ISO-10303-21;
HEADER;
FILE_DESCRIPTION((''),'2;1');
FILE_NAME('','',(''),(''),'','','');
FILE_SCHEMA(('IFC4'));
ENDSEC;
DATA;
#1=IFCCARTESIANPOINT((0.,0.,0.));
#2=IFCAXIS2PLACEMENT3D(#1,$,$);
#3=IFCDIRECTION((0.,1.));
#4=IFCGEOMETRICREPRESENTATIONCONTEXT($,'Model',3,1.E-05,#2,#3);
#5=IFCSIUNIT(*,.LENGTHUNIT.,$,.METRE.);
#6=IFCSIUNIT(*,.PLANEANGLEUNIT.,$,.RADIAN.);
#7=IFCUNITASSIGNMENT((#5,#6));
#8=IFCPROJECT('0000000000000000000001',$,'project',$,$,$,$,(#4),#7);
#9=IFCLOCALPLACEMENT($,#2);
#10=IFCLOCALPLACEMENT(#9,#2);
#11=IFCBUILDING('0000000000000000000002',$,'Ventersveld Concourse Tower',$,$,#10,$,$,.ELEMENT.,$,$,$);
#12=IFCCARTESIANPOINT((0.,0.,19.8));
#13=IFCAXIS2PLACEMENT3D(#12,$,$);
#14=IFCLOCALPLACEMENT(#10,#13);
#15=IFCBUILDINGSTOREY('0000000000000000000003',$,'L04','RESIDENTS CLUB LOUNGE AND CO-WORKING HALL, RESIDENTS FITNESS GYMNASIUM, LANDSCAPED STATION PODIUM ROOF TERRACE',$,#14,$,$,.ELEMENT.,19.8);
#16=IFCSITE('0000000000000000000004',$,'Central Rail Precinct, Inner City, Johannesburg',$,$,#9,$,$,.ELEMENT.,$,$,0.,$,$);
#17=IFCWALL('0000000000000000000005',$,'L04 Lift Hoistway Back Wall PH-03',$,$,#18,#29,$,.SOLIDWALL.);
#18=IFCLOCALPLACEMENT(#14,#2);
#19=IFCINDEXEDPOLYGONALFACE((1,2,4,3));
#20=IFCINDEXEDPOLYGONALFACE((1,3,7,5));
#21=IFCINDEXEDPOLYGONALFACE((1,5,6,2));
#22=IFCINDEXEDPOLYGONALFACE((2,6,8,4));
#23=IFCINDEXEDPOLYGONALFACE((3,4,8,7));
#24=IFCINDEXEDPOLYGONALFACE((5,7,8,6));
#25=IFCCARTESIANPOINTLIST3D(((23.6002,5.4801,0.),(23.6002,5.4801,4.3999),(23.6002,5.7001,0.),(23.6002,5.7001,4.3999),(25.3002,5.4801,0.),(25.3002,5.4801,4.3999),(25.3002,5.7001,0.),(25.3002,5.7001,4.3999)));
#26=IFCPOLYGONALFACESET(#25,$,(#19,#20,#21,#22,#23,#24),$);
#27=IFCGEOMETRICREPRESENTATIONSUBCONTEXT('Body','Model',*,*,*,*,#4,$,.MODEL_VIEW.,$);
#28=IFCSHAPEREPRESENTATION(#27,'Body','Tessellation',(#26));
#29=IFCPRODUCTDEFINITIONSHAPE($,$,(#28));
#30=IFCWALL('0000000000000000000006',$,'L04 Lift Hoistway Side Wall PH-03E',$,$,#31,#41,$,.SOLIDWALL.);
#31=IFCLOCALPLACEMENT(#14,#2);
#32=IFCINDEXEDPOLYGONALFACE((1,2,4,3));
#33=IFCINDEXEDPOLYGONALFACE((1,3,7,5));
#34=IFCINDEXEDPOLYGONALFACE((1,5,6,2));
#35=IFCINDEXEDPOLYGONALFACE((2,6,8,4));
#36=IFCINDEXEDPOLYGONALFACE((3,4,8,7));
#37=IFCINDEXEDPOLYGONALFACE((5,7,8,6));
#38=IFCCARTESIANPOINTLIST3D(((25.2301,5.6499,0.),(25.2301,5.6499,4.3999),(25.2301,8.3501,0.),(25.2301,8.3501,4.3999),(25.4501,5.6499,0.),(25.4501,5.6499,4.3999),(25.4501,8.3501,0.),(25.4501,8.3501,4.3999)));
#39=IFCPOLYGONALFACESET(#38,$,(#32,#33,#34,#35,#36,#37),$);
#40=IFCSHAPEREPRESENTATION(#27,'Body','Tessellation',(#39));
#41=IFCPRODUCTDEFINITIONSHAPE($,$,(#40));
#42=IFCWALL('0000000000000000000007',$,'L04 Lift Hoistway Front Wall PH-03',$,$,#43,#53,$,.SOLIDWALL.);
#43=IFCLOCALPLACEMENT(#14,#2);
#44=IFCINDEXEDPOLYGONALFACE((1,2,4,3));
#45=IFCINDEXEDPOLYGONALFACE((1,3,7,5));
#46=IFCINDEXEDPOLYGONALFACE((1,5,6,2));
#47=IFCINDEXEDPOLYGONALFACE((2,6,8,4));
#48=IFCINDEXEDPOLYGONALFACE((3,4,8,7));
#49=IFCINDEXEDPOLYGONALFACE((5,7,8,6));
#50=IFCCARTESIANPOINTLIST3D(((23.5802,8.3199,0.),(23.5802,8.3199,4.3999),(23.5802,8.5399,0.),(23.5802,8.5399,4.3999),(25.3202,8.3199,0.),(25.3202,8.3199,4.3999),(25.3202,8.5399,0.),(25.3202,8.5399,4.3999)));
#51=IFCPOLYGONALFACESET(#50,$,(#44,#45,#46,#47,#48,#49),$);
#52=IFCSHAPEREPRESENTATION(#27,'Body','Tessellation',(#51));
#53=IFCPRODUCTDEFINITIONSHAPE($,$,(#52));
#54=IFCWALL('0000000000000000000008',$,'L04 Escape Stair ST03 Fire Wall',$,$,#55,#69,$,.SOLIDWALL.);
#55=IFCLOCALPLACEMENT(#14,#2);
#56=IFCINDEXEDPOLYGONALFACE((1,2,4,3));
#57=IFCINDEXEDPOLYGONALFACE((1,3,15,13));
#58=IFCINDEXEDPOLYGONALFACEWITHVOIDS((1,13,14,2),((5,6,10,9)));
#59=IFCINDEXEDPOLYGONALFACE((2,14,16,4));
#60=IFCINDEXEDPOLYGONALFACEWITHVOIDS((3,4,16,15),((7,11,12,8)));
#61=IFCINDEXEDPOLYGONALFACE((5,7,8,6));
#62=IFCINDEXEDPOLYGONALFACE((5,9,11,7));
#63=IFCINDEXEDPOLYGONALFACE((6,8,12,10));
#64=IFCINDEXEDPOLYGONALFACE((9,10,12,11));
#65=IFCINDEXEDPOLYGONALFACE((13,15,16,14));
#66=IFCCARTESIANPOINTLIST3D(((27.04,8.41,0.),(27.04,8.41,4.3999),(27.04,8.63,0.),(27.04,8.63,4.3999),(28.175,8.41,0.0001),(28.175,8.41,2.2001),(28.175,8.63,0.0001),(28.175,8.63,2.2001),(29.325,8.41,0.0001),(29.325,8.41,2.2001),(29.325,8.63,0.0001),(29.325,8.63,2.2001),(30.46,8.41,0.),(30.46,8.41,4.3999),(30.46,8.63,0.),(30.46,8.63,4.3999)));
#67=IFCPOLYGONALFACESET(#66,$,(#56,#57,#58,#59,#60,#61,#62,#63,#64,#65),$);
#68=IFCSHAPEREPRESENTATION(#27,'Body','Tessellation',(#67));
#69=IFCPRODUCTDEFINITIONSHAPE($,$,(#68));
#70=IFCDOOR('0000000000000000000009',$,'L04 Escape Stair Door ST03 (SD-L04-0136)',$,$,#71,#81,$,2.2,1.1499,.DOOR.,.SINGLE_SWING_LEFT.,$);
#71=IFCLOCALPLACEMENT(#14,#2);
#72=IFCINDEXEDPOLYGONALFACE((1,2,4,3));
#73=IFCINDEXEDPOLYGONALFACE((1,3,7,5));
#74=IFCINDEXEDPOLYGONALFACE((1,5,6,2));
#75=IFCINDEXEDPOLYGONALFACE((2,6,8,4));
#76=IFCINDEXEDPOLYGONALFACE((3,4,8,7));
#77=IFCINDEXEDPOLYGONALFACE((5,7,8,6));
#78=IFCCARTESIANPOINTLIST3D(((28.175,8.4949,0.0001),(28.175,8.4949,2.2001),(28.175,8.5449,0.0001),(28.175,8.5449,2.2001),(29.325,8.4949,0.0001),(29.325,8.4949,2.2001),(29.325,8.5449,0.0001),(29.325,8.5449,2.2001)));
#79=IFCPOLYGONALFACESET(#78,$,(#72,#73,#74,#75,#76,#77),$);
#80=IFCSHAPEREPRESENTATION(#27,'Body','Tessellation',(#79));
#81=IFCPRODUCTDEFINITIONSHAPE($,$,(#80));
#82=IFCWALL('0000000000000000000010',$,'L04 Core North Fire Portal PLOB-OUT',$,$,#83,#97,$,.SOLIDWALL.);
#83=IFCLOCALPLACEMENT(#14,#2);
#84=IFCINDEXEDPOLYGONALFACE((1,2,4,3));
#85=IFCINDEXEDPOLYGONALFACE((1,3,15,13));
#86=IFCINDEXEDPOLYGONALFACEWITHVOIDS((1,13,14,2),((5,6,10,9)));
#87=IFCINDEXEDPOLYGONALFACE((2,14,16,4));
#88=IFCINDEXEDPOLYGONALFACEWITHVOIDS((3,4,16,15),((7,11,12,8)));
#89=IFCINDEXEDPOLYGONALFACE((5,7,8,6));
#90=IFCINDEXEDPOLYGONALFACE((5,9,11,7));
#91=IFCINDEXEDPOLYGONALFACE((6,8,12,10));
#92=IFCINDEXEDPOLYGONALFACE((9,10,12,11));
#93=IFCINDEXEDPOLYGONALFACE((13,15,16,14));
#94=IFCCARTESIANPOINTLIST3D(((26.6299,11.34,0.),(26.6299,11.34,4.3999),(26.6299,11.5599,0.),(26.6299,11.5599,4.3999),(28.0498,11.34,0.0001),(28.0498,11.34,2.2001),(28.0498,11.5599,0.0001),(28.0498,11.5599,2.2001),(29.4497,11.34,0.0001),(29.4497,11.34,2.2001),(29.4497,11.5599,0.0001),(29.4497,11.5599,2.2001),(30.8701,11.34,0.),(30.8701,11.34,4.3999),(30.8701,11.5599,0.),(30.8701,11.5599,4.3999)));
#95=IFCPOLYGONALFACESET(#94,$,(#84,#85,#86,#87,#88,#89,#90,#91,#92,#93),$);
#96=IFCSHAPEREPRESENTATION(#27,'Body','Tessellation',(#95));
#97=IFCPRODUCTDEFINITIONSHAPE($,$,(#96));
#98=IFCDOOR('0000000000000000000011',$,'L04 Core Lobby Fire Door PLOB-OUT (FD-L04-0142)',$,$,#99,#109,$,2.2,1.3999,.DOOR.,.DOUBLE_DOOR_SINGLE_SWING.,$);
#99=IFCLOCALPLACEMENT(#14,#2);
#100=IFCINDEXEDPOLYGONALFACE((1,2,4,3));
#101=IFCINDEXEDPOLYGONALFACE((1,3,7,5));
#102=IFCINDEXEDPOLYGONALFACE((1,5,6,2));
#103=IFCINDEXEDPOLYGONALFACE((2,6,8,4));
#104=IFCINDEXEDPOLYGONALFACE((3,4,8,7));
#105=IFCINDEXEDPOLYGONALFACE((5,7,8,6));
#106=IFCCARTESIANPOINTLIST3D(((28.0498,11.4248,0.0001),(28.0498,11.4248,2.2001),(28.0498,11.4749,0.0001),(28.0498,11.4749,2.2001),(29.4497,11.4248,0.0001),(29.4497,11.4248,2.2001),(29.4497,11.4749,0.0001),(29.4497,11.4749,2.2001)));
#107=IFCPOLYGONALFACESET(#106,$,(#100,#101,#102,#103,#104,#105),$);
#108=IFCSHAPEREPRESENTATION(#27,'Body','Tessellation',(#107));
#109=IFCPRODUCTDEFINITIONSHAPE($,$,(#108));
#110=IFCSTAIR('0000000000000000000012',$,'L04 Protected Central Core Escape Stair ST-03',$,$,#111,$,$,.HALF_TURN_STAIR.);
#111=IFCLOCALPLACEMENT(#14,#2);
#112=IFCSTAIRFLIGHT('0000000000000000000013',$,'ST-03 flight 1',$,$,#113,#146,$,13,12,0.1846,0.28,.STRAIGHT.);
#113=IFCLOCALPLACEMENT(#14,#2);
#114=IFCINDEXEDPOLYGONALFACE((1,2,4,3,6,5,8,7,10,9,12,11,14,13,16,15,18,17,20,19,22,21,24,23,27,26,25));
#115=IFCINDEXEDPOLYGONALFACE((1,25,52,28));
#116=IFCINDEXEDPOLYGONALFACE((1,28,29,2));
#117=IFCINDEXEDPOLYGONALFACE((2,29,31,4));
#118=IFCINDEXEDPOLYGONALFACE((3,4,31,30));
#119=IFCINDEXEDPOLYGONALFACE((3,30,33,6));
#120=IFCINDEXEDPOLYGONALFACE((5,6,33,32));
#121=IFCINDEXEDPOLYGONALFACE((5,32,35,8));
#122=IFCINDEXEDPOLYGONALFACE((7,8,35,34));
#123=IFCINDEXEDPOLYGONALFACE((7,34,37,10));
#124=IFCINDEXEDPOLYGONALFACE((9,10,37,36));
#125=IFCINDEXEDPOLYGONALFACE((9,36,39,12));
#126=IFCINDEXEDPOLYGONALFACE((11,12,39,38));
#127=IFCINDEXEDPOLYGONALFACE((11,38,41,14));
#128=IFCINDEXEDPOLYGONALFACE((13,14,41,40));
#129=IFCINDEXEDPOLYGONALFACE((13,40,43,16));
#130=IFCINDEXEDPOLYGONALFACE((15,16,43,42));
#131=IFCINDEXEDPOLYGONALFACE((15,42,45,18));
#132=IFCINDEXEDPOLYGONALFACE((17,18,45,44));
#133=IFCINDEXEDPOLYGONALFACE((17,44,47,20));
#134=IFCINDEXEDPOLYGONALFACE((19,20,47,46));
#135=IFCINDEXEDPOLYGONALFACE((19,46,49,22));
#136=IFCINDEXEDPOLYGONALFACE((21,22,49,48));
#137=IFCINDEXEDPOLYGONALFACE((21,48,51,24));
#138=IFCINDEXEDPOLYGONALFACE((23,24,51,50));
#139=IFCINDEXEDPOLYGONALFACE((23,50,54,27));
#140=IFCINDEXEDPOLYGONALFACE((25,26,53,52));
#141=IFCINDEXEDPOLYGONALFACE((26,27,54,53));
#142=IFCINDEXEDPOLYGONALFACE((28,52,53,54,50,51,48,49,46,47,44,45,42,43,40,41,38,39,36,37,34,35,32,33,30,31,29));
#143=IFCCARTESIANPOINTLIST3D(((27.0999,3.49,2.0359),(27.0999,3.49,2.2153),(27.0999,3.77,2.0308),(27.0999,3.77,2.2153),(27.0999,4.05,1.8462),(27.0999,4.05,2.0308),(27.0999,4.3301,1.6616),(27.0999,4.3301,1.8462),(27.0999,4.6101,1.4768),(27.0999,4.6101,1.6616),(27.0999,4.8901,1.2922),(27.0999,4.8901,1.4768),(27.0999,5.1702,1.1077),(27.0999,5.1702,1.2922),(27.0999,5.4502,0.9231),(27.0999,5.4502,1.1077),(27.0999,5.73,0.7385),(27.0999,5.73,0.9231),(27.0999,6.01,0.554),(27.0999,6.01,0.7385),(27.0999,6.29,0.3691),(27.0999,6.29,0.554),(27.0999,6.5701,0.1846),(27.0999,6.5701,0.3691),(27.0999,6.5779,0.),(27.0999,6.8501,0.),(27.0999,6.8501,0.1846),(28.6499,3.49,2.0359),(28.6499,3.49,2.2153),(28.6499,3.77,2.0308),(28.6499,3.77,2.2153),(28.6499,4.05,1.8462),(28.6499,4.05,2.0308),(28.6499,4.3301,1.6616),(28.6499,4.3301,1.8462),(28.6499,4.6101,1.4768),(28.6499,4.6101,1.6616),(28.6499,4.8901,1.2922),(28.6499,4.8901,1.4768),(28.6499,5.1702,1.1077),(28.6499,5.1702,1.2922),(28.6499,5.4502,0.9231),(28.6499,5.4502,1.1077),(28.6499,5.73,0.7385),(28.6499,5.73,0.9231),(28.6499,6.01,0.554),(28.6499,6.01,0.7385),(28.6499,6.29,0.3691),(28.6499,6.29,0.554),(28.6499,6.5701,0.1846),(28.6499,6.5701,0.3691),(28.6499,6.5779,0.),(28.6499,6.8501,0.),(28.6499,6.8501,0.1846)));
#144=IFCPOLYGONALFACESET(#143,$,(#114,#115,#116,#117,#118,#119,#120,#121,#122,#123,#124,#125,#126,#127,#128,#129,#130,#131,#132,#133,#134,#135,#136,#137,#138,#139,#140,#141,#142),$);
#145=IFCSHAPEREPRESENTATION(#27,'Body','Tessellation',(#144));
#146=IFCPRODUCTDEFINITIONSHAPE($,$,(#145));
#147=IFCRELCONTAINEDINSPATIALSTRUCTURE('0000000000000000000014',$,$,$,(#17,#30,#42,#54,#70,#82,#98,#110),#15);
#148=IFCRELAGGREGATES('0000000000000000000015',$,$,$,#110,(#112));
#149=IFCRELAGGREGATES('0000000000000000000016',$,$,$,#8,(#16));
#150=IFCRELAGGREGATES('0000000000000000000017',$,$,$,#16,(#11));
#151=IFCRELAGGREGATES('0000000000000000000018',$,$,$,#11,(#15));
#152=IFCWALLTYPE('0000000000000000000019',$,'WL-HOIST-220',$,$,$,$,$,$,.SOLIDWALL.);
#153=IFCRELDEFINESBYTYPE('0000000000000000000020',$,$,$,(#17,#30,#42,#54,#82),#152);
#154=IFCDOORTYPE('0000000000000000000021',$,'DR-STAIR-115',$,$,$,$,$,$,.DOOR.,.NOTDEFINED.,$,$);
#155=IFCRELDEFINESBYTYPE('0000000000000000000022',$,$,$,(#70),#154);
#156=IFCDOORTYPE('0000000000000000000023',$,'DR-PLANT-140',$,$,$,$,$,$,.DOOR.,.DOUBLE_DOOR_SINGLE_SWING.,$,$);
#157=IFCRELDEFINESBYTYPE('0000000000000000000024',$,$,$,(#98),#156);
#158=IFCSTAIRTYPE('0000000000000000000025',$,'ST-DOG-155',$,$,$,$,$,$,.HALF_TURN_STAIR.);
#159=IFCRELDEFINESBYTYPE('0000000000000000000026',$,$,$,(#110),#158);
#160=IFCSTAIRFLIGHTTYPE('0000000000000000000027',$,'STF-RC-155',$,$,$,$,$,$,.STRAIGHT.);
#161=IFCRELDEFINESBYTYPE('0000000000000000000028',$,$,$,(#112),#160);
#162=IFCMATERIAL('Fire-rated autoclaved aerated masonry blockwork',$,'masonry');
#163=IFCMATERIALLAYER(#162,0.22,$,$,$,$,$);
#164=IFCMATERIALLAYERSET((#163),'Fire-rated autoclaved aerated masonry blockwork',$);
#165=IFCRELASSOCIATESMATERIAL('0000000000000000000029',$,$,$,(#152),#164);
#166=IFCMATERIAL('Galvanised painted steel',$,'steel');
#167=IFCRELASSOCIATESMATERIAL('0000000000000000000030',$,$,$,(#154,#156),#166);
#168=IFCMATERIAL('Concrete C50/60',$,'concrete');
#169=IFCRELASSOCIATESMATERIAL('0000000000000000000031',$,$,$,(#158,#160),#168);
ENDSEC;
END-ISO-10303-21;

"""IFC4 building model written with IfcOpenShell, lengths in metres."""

from ifc_helpers import new_model, si_unit, direction, frame, frame_2d, origin, place, context, subcontext, project, spatial, polyline, rectangle, outline, extrude, material, layer, layer_set, type_object, element, fill, aggregate, save


model = new_model("IFC4")

# Units and contexts
model_context = context("Model", 3, precision=1e-05, world=origin(), true_north=direction((0.0, 1.0)))
body_context = subcontext(model_context, "Body", "Model", "MODEL_VIEW")
ifc_project = project(units=[si_unit("LENGTHUNIT", "METRE"), si_unit("PLANEANGLEUNIT", "RADIAN")], contexts=[model_context])

# Site, building, storey
site_placement = place(None, origin())
site = spatial("IfcSite", under=ifc_project, at=site_placement, Name="Central Rail Precinct, Inner City, Johannesburg", CompositionType="ELEMENT", RefElevation=0.0)
building_placement = place(site_placement, origin())
building = spatial("IfcBuilding", under=site, at=building_placement, Name="Ventersveld Concourse Tower", CompositionType="ELEMENT")
storey_placement = place(building_placement, frame((0.0, 0.0, 19.8)))
storey = spatial("IfcBuildingStorey", under=building, at=storey_placement, Name="L04", Description="RESIDENTS CLUB LOUNGE AND CO-WORKING HALL, RESIDENTS FITNESS GYMNASIUM, LANDSCAPED STATION PODIUM ROOF TERRACE", CompositionType="ELEMENT", Elevation=19.8)

# Shared definitions
ifc_material_1 = material(Name="Concrete C50/60", Category="concrete")

# Shared definitions
ifc_material_2 = material(Name="Fire-rated autoclaved aerated masonry blockwork", Category="masonry")
ifc_layer_1 = layer(ifc_material_2, 0.22)
ifc_layer_set_1 = layer_set([ifc_layer_1], Name="Fire-rated autoclaved aerated masonry blockwork")
wall_type_1 = type_object("IfcWallType", Name="WL-HOIST-220", PredefinedType="SOLIDWALL", material=ifc_layer_set_1)

# Walls
wall_1_placement = place(storey_placement, frame((23.6001, 5.5901, 0.0), z_axis=(0.0, 0.0, 1.0), x_axis=(1.0, 0.0, 0.0)))
element("IfcWall", 1, at=wall_1_placement, inside=storey, type_object=wall_type_1, Name="L04 Lift Hoistway Back Wall PH-03", PredefinedType="SOLIDWALL", context=body_context, shape_type="SweptSolid", body=[
    extrude(rectangle(XDim=1.7, YDim=0.22, at=frame_2d((0.8501, 0.0))), origin(), (0.0, 0.0, 1.0), 4.3999),
])
wall_2_placement = place(storey_placement, frame((25.3401, 5.6499, 0.0), z_axis=(0.0, 0.0, 1.0), x_axis=(0.0, 1.0, 0.0)))
element("IfcWall", 2, at=wall_2_placement, inside=storey, type_object=wall_type_1, Name="L04 Lift Hoistway Side Wall PH-03E", PredefinedType="SOLIDWALL", context=body_context, shape_type="SweptSolid", body=[
    extrude(rectangle(XDim=2.7002, YDim=0.22, at=frame_2d((1.3501, 0.0))), origin(), (0.0, 0.0, 1.0), 4.3999),
])
wall_3_placement = place(storey_placement, frame((23.5801, 8.4299, 0.0), z_axis=(0.0, 0.0, 1.0), x_axis=(1.0, 0.0, 0.0)))
element("IfcWall", 3, at=wall_3_placement, inside=storey, type_object=wall_type_1, Name="L04 Lift Hoistway Front Wall PH-03", PredefinedType="SOLIDWALL", context=body_context, shape_type="SweptSolid", body=[
    extrude(rectangle(XDim=1.74, YDim=0.22, at=frame_2d((0.8701, 0.0))), origin(), (0.0, 0.0, 1.0), 4.3999),
])

# Walls, openings, doors
wall_4_placement = place(storey_placement, frame((27.04, 8.52, 0.0), z_axis=(0.0, 0.0, 1.0), x_axis=(1.0, 0.0, 0.0)))
wall_4 = element("IfcWall", 4, at=wall_4_placement, inside=storey, type_object=wall_type_1, Name="L04 Escape Stair ST03 Fire Wall", PredefinedType="SOLIDWALL", context=body_context, shape_type="SweptSolid", body=[
    extrude(rectangle(XDim=3.4199, YDim=0.22, at=frame_2d((1.71, 0.0))), origin(), (0.0, 0.0, 1.0), 4.3999),
])
opening_1_placement = place(wall_4_placement, frame((1.135, 0.0, 0.0)))
opening_1 = element("IfcOpeningElement", 5, at=opening_1_placement, cuts=wall_4, PredefinedType="OPENING", context=body_context, shape_type="SweptSolid", body=[
    extrude(rectangle(XDim=1.1499, YDim=2.2, at=frame_2d((0.575, 1.1001))), frame((0.0, 0.1201, 0.0), z_axis=(0.0, -1.0, 0.0), x_axis=(1.0, 0.0, 0.0)), (0.0, 0.0, 1.0), 0.24),
])
ifc_material_3 = material(Name="Galvanised painted steel", Category="steel")
door_type_1 = type_object("IfcDoorType", Name="DR-STAIR-115", OperationType="NOTDEFINED", PredefinedType="DOOR", material=ifc_material_3)
door_1_placement = place(opening_1_placement, origin())
door_1 = element("IfcDoor", 6, at=door_1_placement, inside=storey, type_object=door_type_1, Name="L04 Escape Stair Door ST03 (SD-L04-0136)", OperationType="SINGLE_SWING_LEFT", OverallHeight=2.2, OverallWidth=1.1499, PredefinedType="DOOR", context=body_context, shape_type="SweptSolid", body=[
    extrude(rectangle(XDim=1.1499, YDim=2.2, at=frame_2d((0.575, 1.1001))), frame((0.0, 0.0249, 0.0), z_axis=(0.0, -1.0, 0.0), x_axis=(1.0, 0.0, 0.0)), (0.0, 0.0, 1.0), 0.05),
])
fill(opening_1, door_1)
wall_5_placement = place(storey_placement, frame((26.6299, 11.45, 0.0), z_axis=(0.0, 0.0, 1.0), x_axis=(1.0, 0.0, 0.0)))
wall_5 = element("IfcWall", 7, at=wall_5_placement, inside=storey, type_object=wall_type_1, Name="L04 Core North Fire Portal PLOB-OUT", PredefinedType="SOLIDWALL", context=body_context, shape_type="SweptSolid", body=[
    extrude(rectangle(XDim=4.2402, YDim=0.22, at=frame_2d((2.1201, 0.0))), origin(), (0.0, 0.0, 1.0), 4.3999),
])
opening_2_placement = place(wall_5_placement, frame((1.4199, 0.0, 0.0)))
opening_2 = element("IfcOpeningElement", 8, at=opening_2_placement, cuts=wall_5, PredefinedType="OPENING", context=body_context, shape_type="SweptSolid", body=[
    extrude(rectangle(XDim=1.3999, YDim=2.2, at=frame_2d((0.7, 1.1001))), frame((0.0, 0.1201, 0.0), z_axis=(0.0, -1.0, 0.0), x_axis=(1.0, 0.0, 0.0)), (0.0, 0.0, 1.0), 0.24),
])
door_type_2 = type_object("IfcDoorType", Name="DR-PLANT-140", OperationType="DOUBLE_DOOR_SINGLE_SWING", PredefinedType="DOOR", material=ifc_material_3)
door_2_placement = place(opening_2_placement, origin())
door_2 = element("IfcDoor", 9, at=door_2_placement, inside=storey, type_object=door_type_2, Name="L04 Core Lobby Fire Door PLOB-OUT (FD-L04-0142)", OperationType="DOUBLE_DOOR_SINGLE_SWING", OverallHeight=2.2, OverallWidth=1.3999, PredefinedType="DOOR", context=body_context, shape_type="SweptSolid", body=[
    extrude(rectangle(XDim=1.3999, YDim=2.2, at=frame_2d((0.7, 1.1001))), frame((0.0, 0.0249, 0.0), z_axis=(0.0, -1.0, 0.0), x_axis=(1.0, 0.0, 0.0)), (0.0, 0.0, 1.0), 0.05),
])
fill(opening_2, door_2)

# Stair, stair flight
stair_type = type_object("IfcStairType", Name="ST-DOG-155", PredefinedType="HALF_TURN_STAIR", material=ifc_material_1)
stair_placement = place(storey_placement, origin())
stair = element("IfcStair", 10, at=stair_placement, inside=storey, type_object=stair_type, Name="L04 Protected Central Core Escape Stair ST-03", PredefinedType="HALF_TURN_STAIR")
stair_flight_type = type_object("IfcStairFlightType", Name="STF-RC-155", PredefinedType="STRAIGHT", material=ifc_material_1)
stair_flight_placement = place(storey_placement, frame((27.875, 6.8501, 0.0), z_axis=(0.0, 0.0, 1.0), x_axis=(0.0, -1.0, 0.0)))
stair_flight = element("IfcStairFlight", 11, at=stair_flight_placement, type_object=stair_flight_type, Name="ST-03 flight 1", NumberOfRisers=13, NumberOfTreads=12, PredefinedType="STRAIGHT", RiserHeight=0.1846, TreadLength=0.28, context=body_context, shape_type="SweptSolid", body=[
    extrude(outline(polyline([(0.0, 0.0), (0.0, 0.1846), (0.28, 0.1846), (0.28, 0.3691), (0.5601, 0.3691), (0.5601, 0.554), (0.8401, 0.554), (0.8401, 0.7385), (1.1201, 0.7385), (1.1201, 0.9231), (1.3999, 0.9231), (1.3999, 1.1077), (1.6799, 1.1077), (1.6799, 1.2922), (1.96, 1.2922), (1.96, 1.4768), (2.24, 1.4768), (2.24, 1.6616), (2.52, 1.6616), (2.52, 1.8462), (2.8, 1.8462), (2.8, 2.0308), (3.0801, 2.0308), (3.0801, 2.2153), (3.3601, 2.2153), (3.3601, 2.3999), (3.3601, 2.0359), (0.2722, 0.0), (0.0, 0.0)])), frame((0.0, 0.7749, 0.0), z_axis=(0.0, -1.0, 0.0), x_axis=(1.0, 0.0, 0.0)), (0.0, 0.0, 1.0), 1.55),
])
aggregate(stair, [stair_flight])

save(model, "model.ifc")
